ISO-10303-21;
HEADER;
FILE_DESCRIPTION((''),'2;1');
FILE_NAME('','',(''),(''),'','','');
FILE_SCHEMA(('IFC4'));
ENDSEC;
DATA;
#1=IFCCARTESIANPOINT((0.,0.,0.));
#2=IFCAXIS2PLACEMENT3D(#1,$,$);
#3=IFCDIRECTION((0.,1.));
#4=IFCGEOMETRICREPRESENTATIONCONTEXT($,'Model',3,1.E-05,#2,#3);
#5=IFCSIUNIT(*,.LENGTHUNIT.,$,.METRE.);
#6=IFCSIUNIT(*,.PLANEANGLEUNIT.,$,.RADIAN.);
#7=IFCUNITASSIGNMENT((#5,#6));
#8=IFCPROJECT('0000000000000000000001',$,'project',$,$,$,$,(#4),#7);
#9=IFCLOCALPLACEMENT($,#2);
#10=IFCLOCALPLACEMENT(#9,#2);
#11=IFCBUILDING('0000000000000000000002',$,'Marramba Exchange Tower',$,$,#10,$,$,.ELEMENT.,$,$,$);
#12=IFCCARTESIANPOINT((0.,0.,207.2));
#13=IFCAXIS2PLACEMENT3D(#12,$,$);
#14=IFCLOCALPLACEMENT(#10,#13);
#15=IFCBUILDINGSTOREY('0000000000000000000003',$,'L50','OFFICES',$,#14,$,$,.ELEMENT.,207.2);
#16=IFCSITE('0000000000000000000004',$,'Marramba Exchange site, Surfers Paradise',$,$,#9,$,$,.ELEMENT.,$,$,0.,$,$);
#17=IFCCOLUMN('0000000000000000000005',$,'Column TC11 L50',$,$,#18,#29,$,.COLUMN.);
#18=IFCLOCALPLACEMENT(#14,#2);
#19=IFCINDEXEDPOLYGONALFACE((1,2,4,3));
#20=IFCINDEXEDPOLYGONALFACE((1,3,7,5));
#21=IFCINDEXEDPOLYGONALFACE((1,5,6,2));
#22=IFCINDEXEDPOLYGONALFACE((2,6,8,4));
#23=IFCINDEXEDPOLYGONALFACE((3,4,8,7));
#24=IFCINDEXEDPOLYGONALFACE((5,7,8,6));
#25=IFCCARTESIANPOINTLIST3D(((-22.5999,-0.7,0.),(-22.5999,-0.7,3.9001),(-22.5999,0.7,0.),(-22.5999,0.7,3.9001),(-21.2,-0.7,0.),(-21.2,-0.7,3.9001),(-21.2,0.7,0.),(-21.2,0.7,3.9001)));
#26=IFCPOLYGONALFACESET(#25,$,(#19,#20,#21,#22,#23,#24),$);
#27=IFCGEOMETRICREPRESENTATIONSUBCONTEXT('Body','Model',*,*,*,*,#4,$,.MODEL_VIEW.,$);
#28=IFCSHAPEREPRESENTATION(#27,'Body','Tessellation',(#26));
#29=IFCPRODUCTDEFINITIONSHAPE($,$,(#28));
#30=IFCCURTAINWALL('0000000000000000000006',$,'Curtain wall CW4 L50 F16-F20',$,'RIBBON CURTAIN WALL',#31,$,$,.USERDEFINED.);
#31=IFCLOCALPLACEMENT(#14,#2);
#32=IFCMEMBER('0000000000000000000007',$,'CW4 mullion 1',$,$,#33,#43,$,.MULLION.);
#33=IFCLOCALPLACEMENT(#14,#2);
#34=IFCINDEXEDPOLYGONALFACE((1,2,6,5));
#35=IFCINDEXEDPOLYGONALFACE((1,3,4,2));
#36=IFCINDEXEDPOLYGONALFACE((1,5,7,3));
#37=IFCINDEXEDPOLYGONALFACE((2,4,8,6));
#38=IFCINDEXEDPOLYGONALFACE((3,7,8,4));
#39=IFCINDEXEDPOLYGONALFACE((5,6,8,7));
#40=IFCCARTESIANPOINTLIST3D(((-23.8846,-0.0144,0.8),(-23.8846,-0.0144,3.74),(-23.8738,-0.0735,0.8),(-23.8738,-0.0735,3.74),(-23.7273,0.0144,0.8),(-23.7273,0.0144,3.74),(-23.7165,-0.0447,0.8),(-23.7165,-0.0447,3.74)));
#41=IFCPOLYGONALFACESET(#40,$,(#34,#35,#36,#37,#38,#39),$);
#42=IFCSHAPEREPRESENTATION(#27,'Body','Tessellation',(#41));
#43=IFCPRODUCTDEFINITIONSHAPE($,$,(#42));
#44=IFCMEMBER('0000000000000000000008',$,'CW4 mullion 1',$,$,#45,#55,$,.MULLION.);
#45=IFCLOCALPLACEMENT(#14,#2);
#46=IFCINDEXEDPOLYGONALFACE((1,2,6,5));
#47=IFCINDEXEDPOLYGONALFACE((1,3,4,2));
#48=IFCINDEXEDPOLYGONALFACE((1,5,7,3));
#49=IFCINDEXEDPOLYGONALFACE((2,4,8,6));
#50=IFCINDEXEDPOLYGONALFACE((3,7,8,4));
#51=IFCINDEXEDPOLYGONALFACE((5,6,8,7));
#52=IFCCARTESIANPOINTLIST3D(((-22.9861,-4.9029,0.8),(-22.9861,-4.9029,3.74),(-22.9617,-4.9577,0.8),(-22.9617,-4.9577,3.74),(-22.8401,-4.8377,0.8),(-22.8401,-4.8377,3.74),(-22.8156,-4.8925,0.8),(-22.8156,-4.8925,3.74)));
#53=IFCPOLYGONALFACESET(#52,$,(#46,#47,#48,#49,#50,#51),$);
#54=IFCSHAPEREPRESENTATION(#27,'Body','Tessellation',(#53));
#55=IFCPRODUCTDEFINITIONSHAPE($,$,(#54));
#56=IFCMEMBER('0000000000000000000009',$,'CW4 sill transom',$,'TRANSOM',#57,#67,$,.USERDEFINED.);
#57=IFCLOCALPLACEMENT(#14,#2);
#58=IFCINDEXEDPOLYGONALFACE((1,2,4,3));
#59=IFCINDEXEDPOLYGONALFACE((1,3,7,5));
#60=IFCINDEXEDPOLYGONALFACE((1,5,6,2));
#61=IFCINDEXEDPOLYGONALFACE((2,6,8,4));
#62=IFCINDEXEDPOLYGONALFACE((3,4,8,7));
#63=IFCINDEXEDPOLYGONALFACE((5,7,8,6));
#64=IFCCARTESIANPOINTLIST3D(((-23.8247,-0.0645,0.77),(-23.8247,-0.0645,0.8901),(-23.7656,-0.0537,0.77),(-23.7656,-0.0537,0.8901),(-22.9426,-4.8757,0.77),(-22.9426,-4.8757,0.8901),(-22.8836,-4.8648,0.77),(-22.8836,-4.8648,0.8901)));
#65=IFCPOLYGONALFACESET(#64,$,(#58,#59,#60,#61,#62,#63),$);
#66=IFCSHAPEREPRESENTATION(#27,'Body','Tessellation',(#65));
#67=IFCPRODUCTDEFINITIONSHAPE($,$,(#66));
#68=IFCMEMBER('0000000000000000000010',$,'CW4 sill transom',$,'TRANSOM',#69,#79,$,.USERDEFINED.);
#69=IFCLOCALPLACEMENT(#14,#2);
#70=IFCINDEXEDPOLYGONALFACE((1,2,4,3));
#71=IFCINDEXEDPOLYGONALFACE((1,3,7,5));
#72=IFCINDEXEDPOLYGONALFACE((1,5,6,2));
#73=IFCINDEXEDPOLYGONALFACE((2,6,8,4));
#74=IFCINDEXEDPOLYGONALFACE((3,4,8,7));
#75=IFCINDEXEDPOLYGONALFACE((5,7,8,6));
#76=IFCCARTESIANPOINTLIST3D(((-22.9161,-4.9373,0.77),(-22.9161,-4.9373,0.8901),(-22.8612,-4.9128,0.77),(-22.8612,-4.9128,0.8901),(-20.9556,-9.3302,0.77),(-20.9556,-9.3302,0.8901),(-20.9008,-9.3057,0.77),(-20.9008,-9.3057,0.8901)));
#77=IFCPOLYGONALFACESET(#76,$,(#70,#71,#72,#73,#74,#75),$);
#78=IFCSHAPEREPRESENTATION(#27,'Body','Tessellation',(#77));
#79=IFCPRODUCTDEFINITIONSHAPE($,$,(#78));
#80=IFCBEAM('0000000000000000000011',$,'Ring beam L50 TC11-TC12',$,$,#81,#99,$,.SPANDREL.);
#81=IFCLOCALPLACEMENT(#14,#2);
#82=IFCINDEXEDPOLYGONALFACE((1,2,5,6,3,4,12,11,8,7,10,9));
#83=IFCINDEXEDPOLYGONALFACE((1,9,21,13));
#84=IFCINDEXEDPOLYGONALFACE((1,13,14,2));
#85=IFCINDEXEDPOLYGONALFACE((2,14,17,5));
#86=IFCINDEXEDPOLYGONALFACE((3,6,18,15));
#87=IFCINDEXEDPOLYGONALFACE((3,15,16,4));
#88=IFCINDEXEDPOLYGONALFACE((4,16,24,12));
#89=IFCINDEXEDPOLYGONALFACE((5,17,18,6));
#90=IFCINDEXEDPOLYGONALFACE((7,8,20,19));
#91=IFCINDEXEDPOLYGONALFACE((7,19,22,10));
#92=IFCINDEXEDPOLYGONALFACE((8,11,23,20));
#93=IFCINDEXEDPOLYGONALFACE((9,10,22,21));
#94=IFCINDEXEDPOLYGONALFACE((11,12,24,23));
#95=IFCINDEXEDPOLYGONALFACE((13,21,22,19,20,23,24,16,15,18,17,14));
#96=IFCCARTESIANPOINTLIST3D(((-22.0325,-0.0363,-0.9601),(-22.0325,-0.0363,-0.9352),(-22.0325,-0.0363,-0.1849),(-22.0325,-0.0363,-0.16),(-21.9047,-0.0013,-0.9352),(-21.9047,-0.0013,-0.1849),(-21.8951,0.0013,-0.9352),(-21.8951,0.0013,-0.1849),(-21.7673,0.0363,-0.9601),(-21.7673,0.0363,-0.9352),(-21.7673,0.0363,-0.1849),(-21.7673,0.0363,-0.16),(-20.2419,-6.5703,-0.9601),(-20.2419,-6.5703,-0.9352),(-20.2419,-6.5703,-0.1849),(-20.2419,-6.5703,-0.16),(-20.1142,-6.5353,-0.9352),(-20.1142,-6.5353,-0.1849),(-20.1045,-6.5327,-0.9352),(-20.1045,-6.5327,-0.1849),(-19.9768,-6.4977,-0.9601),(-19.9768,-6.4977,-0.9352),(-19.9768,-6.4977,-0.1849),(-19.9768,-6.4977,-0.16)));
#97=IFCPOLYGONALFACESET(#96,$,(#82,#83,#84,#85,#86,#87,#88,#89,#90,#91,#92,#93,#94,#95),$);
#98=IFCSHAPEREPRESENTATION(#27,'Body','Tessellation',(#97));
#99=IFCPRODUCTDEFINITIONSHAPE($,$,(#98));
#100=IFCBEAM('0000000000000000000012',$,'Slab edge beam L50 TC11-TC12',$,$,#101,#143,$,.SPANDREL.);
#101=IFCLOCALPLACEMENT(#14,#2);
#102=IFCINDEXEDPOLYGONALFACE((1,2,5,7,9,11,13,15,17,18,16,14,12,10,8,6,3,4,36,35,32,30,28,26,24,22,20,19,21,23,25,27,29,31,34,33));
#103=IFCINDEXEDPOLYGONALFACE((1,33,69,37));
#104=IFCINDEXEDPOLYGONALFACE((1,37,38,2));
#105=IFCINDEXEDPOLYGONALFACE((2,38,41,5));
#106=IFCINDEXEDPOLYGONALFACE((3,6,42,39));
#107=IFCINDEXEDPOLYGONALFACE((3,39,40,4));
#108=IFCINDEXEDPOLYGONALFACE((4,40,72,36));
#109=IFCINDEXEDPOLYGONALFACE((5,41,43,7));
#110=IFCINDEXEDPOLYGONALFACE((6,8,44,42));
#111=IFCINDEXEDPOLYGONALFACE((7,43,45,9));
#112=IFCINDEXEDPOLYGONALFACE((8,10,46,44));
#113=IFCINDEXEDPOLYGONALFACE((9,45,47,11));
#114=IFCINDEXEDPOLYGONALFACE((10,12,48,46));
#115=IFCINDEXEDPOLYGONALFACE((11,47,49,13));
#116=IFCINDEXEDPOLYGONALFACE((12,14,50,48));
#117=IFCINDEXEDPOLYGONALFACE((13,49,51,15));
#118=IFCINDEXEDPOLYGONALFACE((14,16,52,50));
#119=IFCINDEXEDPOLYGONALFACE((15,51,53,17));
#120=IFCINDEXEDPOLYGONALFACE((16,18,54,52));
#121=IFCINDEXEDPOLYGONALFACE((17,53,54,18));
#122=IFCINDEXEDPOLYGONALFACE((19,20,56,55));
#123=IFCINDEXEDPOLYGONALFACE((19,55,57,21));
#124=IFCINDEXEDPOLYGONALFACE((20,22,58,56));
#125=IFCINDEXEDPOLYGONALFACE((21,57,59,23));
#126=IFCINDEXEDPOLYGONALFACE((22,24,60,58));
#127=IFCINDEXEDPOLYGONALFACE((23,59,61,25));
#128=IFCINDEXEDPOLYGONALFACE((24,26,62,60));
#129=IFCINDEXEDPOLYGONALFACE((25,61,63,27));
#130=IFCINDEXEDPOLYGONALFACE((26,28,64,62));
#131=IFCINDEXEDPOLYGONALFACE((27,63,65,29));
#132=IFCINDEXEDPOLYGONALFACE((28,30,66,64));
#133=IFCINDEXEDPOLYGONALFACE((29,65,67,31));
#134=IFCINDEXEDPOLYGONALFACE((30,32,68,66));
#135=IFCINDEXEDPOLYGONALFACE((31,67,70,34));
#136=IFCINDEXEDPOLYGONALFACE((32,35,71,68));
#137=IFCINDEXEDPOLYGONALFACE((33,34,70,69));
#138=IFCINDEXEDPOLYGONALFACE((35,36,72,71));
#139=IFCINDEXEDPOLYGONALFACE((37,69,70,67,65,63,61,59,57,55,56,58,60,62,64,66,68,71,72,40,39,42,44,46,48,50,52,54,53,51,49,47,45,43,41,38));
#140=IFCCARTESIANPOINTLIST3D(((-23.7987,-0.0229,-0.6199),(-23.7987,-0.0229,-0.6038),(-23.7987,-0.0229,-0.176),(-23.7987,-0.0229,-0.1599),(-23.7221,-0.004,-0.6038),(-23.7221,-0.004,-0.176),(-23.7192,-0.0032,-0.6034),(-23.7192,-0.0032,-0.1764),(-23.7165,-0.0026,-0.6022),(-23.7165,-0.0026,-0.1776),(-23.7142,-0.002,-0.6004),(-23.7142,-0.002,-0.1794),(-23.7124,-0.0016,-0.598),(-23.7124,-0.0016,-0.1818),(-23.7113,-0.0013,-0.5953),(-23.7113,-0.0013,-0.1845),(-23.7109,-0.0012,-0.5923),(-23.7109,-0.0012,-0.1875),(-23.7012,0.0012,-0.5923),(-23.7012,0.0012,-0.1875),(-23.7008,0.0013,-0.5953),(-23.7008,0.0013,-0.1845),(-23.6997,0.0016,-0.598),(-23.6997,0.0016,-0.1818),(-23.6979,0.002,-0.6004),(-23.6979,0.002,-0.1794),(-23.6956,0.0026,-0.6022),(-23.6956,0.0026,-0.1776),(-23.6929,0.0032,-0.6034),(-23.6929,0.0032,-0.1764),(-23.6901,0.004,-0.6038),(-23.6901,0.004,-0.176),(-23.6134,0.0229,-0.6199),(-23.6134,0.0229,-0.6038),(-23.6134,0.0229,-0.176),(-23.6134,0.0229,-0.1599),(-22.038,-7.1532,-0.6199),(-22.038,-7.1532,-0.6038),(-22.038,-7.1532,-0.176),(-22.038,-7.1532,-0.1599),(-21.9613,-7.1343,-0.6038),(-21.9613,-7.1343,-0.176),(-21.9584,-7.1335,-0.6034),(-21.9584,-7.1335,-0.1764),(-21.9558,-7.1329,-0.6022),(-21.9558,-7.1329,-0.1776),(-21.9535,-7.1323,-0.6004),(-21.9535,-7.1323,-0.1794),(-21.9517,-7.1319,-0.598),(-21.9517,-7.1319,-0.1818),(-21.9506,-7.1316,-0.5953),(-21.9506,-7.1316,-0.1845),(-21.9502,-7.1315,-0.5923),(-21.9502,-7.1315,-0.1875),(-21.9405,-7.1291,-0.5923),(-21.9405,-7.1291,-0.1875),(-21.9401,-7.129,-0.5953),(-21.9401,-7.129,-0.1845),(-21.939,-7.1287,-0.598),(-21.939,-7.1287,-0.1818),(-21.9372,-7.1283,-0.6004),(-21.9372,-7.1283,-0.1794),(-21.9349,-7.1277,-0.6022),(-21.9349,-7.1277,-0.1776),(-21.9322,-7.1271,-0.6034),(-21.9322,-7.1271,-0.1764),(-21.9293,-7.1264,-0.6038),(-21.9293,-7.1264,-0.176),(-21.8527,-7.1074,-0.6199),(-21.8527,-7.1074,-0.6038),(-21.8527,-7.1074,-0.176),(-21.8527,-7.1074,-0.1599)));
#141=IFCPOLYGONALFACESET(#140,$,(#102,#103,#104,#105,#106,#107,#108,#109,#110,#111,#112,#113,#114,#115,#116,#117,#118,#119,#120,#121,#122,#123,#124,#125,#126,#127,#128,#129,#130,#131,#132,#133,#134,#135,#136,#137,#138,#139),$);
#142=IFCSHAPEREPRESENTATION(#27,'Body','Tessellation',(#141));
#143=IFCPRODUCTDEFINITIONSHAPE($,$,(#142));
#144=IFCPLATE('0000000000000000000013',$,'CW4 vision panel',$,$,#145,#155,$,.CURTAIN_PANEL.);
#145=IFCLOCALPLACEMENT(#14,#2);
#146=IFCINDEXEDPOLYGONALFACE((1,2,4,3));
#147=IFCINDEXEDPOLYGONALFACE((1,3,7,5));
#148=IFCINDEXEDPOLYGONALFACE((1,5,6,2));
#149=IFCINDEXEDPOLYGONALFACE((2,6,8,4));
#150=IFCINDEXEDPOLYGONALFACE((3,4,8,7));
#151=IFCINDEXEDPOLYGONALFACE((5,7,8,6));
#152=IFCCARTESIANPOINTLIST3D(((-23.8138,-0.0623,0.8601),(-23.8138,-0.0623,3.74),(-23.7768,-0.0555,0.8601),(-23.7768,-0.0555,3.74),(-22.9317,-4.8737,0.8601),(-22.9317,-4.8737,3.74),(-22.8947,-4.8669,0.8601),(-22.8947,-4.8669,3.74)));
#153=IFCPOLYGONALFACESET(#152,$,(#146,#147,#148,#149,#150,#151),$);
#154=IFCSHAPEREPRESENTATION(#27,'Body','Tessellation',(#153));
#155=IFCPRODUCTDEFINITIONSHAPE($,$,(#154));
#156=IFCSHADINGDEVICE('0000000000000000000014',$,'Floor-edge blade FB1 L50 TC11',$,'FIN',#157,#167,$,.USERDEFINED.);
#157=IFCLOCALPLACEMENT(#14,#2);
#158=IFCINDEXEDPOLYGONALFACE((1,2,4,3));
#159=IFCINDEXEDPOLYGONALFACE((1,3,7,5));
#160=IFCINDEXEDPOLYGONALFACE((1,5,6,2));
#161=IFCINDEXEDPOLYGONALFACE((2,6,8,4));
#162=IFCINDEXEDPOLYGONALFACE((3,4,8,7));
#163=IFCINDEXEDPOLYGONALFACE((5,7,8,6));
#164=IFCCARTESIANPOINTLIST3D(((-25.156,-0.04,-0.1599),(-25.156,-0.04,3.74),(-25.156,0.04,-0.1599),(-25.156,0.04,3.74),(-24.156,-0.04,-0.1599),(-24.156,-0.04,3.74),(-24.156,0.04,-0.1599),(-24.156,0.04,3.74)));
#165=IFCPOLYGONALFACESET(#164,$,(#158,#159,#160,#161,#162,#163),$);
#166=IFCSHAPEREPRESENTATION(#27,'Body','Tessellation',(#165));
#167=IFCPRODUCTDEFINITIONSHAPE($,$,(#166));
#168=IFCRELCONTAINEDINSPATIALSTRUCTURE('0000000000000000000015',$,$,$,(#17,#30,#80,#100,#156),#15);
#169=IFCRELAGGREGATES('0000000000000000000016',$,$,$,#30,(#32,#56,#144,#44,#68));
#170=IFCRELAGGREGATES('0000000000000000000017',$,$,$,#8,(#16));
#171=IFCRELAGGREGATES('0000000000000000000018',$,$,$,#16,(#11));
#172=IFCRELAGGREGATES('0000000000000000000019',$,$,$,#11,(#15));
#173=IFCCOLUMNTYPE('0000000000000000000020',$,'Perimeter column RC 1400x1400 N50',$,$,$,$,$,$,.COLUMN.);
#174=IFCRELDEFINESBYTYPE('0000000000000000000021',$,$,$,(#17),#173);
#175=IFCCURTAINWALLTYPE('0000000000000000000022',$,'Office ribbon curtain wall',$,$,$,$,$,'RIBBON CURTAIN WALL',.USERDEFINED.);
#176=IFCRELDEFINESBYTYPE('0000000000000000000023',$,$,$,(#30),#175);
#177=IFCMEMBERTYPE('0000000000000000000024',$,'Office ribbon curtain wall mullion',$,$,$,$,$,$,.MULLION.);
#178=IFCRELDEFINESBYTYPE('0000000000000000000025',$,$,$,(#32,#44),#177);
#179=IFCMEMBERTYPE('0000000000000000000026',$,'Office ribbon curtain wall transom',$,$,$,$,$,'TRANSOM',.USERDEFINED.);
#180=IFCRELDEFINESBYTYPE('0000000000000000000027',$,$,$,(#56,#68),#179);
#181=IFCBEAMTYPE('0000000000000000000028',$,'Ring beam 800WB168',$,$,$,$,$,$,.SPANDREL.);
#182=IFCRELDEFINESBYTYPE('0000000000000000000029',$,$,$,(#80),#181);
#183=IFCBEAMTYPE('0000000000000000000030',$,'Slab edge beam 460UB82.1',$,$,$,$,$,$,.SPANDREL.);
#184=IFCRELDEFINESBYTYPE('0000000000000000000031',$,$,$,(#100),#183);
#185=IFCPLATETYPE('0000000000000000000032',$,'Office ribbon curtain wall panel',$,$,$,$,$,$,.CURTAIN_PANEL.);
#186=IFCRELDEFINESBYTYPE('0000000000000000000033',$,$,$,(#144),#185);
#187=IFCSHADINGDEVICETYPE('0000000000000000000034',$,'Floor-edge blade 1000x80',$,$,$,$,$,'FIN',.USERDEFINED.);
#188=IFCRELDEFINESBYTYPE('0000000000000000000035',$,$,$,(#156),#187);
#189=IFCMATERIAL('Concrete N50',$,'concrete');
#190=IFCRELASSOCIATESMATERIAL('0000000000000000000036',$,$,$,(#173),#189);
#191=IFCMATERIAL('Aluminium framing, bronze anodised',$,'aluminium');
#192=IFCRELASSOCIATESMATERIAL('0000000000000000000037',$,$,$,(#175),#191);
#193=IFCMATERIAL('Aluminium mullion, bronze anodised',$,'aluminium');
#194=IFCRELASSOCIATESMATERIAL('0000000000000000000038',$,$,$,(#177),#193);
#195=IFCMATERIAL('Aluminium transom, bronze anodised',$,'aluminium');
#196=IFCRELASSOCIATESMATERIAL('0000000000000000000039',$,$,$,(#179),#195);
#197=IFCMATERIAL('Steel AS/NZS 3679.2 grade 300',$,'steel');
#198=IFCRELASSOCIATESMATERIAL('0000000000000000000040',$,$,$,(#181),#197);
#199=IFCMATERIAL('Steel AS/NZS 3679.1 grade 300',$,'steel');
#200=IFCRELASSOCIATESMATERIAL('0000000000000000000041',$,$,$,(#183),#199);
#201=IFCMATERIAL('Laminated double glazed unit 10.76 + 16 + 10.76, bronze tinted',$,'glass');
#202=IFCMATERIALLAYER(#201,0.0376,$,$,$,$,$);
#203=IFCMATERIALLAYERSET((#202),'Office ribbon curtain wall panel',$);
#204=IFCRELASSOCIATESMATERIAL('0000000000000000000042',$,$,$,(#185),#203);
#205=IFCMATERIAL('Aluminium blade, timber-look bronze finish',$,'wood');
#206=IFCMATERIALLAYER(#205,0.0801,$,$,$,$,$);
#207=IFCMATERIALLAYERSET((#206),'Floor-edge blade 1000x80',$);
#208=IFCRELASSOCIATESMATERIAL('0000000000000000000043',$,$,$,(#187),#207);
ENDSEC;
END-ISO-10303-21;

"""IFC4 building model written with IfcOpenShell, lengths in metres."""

from ifc_helpers import new_model, si_unit, direction, frame, origin, origin_2d, place, context, subcontext, project, spatial, rectangle, i_section, extrude, material, layer, layer_set, material_profile, profile_set, type_object, element, aggregate, save


model = new_model("IFC4")

# Units and contexts
model_context = context("Model", 3, precision=1e-05, world=origin(), true_north=direction((0.0, 1.0)))
body_context = subcontext(model_context, "Body", "Model", "MODEL_VIEW")
ifc_project = project(units=[si_unit("LENGTHUNIT", "METRE"), si_unit("PLANEANGLEUNIT", "RADIAN")], contexts=[model_context])

# Site, building, storey
site_placement = place(None, origin())
site = spatial("IfcSite", under=ifc_project, at=site_placement, Name="Marramba Exchange site, Surfers Paradise", CompositionType="ELEMENT", RefElevation=0.0)
building_placement = place(site_placement, origin())
building = spatial("IfcBuilding", under=site, at=building_placement, Name="Marramba Exchange Tower", CompositionType="ELEMENT")
storey_placement = place(building_placement, frame((0.0, 0.0, 207.2)))
storey = spatial("IfcBuildingStorey", under=building, at=storey_placement, Name="L50", Description="OFFICES", CompositionType="ELEMENT", Elevation=207.2)

# Column
ifc_material_1 = material(Name="Concrete N50", Category="concrete")
ifc_material_profile_1 = material_profile(ifc_material_1, rectangle(XDim=1.3999, YDim=1.3999, at=origin_2d()), Name="RC 1400x1400")
ifc_profile_set_1 = profile_set([ifc_material_profile_1], Name="Concrete N50")
column_type = type_object("IfcColumnType", Name="Perimeter column RC 1400x1400 N50", PredefinedType="COLUMN", material=ifc_profile_set_1)
column_placement = place(storey_placement, frame((-21.8999, 0.0, 0.0), z_axis=(0.0, 0.0, 1.0), x_axis=(-1.0, 0.0, 0.0)))
element("IfcColumn", 1, at=column_placement, inside=storey, type_object=column_type, Name="Column TC11 L50", PredefinedType="COLUMN", context=body_context, shape_type="SweptSolid", body=[
    extrude(rectangle(XDim=1.3999, YDim=1.3999, at=origin_2d()), origin(), (0.0, 0.0, 1.0), 3.9001),
])

# Curtain wall, members
ifc_material_2 = material(Name="Aluminium framing, bronze anodised", Category="aluminium")
curtain_wall_type = type_object("IfcCurtainWallType", Name="Office ribbon curtain wall", ElementType="RIBBON CURTAIN WALL", PredefinedType="USERDEFINED", material=ifc_material_2)
curtain_wall_placement = place(storey_placement, origin())
curtain_wall = element("IfcCurtainWall", 2, at=curtain_wall_placement, inside=storey, type_object=curtain_wall_type, Name="Curtain wall CW4 L50 F16-F20", ObjectType="RIBBON CURTAIN WALL", PredefinedType="USERDEFINED")
ifc_material_3 = material(Name="Aluminium mullion, bronze anodised", Category="aluminium")
ifc_material_profile_2 = material_profile(ifc_material_3, rectangle(XDim=0.1599, YDim=0.0601, at=origin_2d()), Name="CW4 mullion 60x160")
ifc_profile_set_2 = profile_set([ifc_material_profile_2], Name="Aluminium mullion, bronze anodised")
member_type_1 = type_object("IfcMemberType", Name="Office ribbon curtain wall mullion", PredefinedType="MULLION", material=ifc_profile_set_2)
member_1_placement = place(storey_placement, frame((-23.8005, -0.0295, 0.8), z_axis=(0.0, 0.0, 1.0), x_axis=(0.983607, 0.180327, 0.0)))
member_1 = element("IfcMember", 3, at=member_1_placement, type_object=member_type_1, Name="CW4 mullion 1", PredefinedType="MULLION", context=body_context, shape_type="SweptSolid", body=[
    extrude(rectangle(XDim=0.1599, YDim=0.0601, at=origin_2d()), origin(), (0.0, 0.0, 1.0), 2.9399),
])
member_2_placement = place(storey_placement, frame((-22.9009, -4.8977, 0.8), z_axis=(0.0, 0.0, 1.0), x_axis=(0.91318, 0.407558, 0.0)))
member_2 = element("IfcMember", 4, at=member_2_placement, type_object=member_type_1, Name="CW4 mullion 1", PredefinedType="MULLION", context=body_context, shape_type="SweptSolid", body=[
    extrude(rectangle(XDim=0.1599, YDim=0.0601, at=origin_2d()), origin(), (0.0, 0.0, 1.0), 2.9399),
])
ifc_material_4 = material(Name="Aluminium transom, bronze anodised", Category="aluminium")
ifc_material_profile_3 = material_profile(ifc_material_4, rectangle(XDim=0.0601, YDim=0.1201, at=origin_2d()), Name="CW4 transom 60x120")
ifc_profile_set_3 = profile_set([ifc_material_profile_3], Name="Aluminium transom, bronze anodised")
member_type_2 = type_object("IfcMemberType", Name="Office ribbon curtain wall transom", ElementType="TRANSOM", PredefinedType="USERDEFINED", material=ifc_profile_set_3)
member_3_placement = place(storey_placement, frame((-23.7952, -0.0591, 0.8301), z_axis=(0.18033, -0.983606, 0.0), x_axis=(0.983606, 0.18033, 0.0)))
member_3 = element("IfcMember", 5, at=member_3_placement, type_object=member_type_2, Name="CW4 sill transom", ObjectType="TRANSOM", PredefinedType="USERDEFINED", context=body_context, shape_type="SweptSolid", body=[
    extrude(rectangle(XDim=0.0601, YDim=0.1201, at=origin_2d()), origin(), (0.0, 0.0, 1.0), 4.8914),
])
member_4_placement = place(storey_placement, frame((-22.8887, -4.925, 0.8301), z_axis=(0.407541, -0.913187, 0.0), x_axis=(0.913187, 0.407541, 0.0)))
member_4 = element("IfcMember", 6, at=member_4_placement, type_object=member_type_2, Name="CW4 sill transom", ObjectType="TRANSOM", PredefinedType="USERDEFINED", context=body_context, shape_type="SweptSolid", body=[
    extrude(rectangle(XDim=0.0601, YDim=0.1201, at=origin_2d()), origin(), (0.0, 0.0, 1.0), 4.8105),
])

# Beams
ifc_material_5 = material(Name="Steel AS/NZS 3679.2 grade 300", Category="steel")
ifc_material_profile_4 = material_profile(ifc_material_5, i_section(OverallWidth=0.2749, OverallDepth=0.8, WebThickness=0.01, FlangeThickness=0.0249, at=origin_2d()), Name="800WB168")
ifc_profile_set_4 = profile_set([ifc_material_profile_4], Name="Steel AS/NZS 3679.2 grade 300")
beam_type_1 = type_object("IfcBeamType", Name="Ring beam 800WB168", PredefinedType="SPANDREL", material=ifc_profile_set_4)
beam_1_placement = place(storey_placement, frame((-21.8999, 0.0, -0.5601), z_axis=(0.264291, -0.964443, 0.0), x_axis=(0.964443, 0.264291, 0.0)))
element("IfcBeam", 7, at=beam_1_placement, inside=storey, type_object=beam_type_1, Name="Ring beam L50 TC11-TC12", PredefinedType="SPANDREL", context=body_context, shape_type="SweptSolid", body=[
    extrude(i_section(OverallWidth=0.2749, OverallDepth=0.8, WebThickness=0.01, FlangeThickness=0.0249, at=origin_2d()), origin(), (0.0, 0.0, 1.0), 6.7749),
])
ifc_material_6 = material(Name="Steel AS/NZS 3679.1 grade 300", Category="steel")
ifc_material_profile_5 = material_profile(ifc_material_6, i_section(OverallWidth=0.1909, OverallDepth=0.46, WebThickness=0.01, FlangeThickness=0.0161, FilletRadius=0.0115, at=origin_2d()), Name="460UB82.1")
ifc_profile_set_5 = profile_set([ifc_material_profile_5], Name="Steel AS/NZS 3679.1 grade 300")
beam_type_2 = type_object("IfcBeamType", Name="Slab edge beam 460UB82.1", PredefinedType="SPANDREL", material=ifc_profile_set_5)
beam_2_placement = place(storey_placement, frame((-23.7061, 0.0, -0.3899), z_axis=(0.239735, -0.970838, 0.0), x_axis=(0.970838, 0.239735, 0.0)))
element("IfcBeam", 8, at=beam_2_placement, inside=storey, type_object=beam_type_2, Name="Slab edge beam L50 TC11-TC12", PredefinedType="SPANDREL", context=body_context, shape_type="SweptSolid", body=[
    extrude(i_section(OverallWidth=0.1909, OverallDepth=0.46, WebThickness=0.01, FlangeThickness=0.0161, FilletRadius=0.0115, at=origin_2d()), origin(), (0.0, 0.0, 1.0), 7.3445),
])

# Plate
ifc_material_7 = material(Name="Laminated double glazed unit 10.76 + 16 + 10.76, bronze tinted", Category="glass")
ifc_layer_1 = layer(ifc_material_7, 0.0376)
ifc_layer_set_1 = layer_set([ifc_layer_1], Name="Office ribbon curtain wall panel")
plate_type = type_object("IfcPlateType", Name="Office ribbon curtain wall panel", PredefinedType="CURTAIN_PANEL", material=ifc_layer_set_1)
plate_placement = place(storey_placement, frame((-23.3542, -2.4646, 0.8601), z_axis=(0.0, 0.0, 1.0), x_axis=(0.180327, -0.983607, 0.0)))
plate = element("IfcPlate", 9, at=plate_placement, type_object=plate_type, Name="CW4 vision panel", PredefinedType="CURTAIN_PANEL", context=body_context, shape_type="SweptSolid", body=[
    extrude(rectangle(XDim=4.8916, YDim=0.0376, at=origin_2d()), origin(), (0.0, 0.0, 1.0), 2.8799),
])
aggregate(curtain_wall, [member_1, member_3, plate, member_2, member_4])

# Shading device
ifc_material_8 = material(Name="Aluminium blade, timber-look bronze finish", Category="wood")
ifc_layer_2 = layer(ifc_material_8, 0.0801)
ifc_layer_set_2 = layer_set([ifc_layer_2], Name="Floor-edge blade 1000x80")
shading_device_type_1 = type_object("IfcShadingDeviceType", Name="Floor-edge blade 1000x80", ElementType="FIN", PredefinedType="USERDEFINED", material=ifc_layer_set_2)
shading_device_1_placement = place(storey_placement, frame((-24.656, 0.0, -0.1599), z_axis=(0.0, 0.0, 1.0), x_axis=(-1.0, 0.0, 0.0)))
element("IfcShadingDevice", 10, at=shading_device_1_placement, inside=storey, type_object=shading_device_type_1, Name="Floor-edge blade FB1 L50 TC11", ObjectType="FIN", PredefinedType="USERDEFINED", context=body_context, shape_type="SweptSolid", body=[
    extrude(rectangle(XDim=1.0, YDim=0.0801, at=origin_2d()), origin(), (0.0, 0.0, 1.0), 3.8999),
])

save(model, "model.ifc")
